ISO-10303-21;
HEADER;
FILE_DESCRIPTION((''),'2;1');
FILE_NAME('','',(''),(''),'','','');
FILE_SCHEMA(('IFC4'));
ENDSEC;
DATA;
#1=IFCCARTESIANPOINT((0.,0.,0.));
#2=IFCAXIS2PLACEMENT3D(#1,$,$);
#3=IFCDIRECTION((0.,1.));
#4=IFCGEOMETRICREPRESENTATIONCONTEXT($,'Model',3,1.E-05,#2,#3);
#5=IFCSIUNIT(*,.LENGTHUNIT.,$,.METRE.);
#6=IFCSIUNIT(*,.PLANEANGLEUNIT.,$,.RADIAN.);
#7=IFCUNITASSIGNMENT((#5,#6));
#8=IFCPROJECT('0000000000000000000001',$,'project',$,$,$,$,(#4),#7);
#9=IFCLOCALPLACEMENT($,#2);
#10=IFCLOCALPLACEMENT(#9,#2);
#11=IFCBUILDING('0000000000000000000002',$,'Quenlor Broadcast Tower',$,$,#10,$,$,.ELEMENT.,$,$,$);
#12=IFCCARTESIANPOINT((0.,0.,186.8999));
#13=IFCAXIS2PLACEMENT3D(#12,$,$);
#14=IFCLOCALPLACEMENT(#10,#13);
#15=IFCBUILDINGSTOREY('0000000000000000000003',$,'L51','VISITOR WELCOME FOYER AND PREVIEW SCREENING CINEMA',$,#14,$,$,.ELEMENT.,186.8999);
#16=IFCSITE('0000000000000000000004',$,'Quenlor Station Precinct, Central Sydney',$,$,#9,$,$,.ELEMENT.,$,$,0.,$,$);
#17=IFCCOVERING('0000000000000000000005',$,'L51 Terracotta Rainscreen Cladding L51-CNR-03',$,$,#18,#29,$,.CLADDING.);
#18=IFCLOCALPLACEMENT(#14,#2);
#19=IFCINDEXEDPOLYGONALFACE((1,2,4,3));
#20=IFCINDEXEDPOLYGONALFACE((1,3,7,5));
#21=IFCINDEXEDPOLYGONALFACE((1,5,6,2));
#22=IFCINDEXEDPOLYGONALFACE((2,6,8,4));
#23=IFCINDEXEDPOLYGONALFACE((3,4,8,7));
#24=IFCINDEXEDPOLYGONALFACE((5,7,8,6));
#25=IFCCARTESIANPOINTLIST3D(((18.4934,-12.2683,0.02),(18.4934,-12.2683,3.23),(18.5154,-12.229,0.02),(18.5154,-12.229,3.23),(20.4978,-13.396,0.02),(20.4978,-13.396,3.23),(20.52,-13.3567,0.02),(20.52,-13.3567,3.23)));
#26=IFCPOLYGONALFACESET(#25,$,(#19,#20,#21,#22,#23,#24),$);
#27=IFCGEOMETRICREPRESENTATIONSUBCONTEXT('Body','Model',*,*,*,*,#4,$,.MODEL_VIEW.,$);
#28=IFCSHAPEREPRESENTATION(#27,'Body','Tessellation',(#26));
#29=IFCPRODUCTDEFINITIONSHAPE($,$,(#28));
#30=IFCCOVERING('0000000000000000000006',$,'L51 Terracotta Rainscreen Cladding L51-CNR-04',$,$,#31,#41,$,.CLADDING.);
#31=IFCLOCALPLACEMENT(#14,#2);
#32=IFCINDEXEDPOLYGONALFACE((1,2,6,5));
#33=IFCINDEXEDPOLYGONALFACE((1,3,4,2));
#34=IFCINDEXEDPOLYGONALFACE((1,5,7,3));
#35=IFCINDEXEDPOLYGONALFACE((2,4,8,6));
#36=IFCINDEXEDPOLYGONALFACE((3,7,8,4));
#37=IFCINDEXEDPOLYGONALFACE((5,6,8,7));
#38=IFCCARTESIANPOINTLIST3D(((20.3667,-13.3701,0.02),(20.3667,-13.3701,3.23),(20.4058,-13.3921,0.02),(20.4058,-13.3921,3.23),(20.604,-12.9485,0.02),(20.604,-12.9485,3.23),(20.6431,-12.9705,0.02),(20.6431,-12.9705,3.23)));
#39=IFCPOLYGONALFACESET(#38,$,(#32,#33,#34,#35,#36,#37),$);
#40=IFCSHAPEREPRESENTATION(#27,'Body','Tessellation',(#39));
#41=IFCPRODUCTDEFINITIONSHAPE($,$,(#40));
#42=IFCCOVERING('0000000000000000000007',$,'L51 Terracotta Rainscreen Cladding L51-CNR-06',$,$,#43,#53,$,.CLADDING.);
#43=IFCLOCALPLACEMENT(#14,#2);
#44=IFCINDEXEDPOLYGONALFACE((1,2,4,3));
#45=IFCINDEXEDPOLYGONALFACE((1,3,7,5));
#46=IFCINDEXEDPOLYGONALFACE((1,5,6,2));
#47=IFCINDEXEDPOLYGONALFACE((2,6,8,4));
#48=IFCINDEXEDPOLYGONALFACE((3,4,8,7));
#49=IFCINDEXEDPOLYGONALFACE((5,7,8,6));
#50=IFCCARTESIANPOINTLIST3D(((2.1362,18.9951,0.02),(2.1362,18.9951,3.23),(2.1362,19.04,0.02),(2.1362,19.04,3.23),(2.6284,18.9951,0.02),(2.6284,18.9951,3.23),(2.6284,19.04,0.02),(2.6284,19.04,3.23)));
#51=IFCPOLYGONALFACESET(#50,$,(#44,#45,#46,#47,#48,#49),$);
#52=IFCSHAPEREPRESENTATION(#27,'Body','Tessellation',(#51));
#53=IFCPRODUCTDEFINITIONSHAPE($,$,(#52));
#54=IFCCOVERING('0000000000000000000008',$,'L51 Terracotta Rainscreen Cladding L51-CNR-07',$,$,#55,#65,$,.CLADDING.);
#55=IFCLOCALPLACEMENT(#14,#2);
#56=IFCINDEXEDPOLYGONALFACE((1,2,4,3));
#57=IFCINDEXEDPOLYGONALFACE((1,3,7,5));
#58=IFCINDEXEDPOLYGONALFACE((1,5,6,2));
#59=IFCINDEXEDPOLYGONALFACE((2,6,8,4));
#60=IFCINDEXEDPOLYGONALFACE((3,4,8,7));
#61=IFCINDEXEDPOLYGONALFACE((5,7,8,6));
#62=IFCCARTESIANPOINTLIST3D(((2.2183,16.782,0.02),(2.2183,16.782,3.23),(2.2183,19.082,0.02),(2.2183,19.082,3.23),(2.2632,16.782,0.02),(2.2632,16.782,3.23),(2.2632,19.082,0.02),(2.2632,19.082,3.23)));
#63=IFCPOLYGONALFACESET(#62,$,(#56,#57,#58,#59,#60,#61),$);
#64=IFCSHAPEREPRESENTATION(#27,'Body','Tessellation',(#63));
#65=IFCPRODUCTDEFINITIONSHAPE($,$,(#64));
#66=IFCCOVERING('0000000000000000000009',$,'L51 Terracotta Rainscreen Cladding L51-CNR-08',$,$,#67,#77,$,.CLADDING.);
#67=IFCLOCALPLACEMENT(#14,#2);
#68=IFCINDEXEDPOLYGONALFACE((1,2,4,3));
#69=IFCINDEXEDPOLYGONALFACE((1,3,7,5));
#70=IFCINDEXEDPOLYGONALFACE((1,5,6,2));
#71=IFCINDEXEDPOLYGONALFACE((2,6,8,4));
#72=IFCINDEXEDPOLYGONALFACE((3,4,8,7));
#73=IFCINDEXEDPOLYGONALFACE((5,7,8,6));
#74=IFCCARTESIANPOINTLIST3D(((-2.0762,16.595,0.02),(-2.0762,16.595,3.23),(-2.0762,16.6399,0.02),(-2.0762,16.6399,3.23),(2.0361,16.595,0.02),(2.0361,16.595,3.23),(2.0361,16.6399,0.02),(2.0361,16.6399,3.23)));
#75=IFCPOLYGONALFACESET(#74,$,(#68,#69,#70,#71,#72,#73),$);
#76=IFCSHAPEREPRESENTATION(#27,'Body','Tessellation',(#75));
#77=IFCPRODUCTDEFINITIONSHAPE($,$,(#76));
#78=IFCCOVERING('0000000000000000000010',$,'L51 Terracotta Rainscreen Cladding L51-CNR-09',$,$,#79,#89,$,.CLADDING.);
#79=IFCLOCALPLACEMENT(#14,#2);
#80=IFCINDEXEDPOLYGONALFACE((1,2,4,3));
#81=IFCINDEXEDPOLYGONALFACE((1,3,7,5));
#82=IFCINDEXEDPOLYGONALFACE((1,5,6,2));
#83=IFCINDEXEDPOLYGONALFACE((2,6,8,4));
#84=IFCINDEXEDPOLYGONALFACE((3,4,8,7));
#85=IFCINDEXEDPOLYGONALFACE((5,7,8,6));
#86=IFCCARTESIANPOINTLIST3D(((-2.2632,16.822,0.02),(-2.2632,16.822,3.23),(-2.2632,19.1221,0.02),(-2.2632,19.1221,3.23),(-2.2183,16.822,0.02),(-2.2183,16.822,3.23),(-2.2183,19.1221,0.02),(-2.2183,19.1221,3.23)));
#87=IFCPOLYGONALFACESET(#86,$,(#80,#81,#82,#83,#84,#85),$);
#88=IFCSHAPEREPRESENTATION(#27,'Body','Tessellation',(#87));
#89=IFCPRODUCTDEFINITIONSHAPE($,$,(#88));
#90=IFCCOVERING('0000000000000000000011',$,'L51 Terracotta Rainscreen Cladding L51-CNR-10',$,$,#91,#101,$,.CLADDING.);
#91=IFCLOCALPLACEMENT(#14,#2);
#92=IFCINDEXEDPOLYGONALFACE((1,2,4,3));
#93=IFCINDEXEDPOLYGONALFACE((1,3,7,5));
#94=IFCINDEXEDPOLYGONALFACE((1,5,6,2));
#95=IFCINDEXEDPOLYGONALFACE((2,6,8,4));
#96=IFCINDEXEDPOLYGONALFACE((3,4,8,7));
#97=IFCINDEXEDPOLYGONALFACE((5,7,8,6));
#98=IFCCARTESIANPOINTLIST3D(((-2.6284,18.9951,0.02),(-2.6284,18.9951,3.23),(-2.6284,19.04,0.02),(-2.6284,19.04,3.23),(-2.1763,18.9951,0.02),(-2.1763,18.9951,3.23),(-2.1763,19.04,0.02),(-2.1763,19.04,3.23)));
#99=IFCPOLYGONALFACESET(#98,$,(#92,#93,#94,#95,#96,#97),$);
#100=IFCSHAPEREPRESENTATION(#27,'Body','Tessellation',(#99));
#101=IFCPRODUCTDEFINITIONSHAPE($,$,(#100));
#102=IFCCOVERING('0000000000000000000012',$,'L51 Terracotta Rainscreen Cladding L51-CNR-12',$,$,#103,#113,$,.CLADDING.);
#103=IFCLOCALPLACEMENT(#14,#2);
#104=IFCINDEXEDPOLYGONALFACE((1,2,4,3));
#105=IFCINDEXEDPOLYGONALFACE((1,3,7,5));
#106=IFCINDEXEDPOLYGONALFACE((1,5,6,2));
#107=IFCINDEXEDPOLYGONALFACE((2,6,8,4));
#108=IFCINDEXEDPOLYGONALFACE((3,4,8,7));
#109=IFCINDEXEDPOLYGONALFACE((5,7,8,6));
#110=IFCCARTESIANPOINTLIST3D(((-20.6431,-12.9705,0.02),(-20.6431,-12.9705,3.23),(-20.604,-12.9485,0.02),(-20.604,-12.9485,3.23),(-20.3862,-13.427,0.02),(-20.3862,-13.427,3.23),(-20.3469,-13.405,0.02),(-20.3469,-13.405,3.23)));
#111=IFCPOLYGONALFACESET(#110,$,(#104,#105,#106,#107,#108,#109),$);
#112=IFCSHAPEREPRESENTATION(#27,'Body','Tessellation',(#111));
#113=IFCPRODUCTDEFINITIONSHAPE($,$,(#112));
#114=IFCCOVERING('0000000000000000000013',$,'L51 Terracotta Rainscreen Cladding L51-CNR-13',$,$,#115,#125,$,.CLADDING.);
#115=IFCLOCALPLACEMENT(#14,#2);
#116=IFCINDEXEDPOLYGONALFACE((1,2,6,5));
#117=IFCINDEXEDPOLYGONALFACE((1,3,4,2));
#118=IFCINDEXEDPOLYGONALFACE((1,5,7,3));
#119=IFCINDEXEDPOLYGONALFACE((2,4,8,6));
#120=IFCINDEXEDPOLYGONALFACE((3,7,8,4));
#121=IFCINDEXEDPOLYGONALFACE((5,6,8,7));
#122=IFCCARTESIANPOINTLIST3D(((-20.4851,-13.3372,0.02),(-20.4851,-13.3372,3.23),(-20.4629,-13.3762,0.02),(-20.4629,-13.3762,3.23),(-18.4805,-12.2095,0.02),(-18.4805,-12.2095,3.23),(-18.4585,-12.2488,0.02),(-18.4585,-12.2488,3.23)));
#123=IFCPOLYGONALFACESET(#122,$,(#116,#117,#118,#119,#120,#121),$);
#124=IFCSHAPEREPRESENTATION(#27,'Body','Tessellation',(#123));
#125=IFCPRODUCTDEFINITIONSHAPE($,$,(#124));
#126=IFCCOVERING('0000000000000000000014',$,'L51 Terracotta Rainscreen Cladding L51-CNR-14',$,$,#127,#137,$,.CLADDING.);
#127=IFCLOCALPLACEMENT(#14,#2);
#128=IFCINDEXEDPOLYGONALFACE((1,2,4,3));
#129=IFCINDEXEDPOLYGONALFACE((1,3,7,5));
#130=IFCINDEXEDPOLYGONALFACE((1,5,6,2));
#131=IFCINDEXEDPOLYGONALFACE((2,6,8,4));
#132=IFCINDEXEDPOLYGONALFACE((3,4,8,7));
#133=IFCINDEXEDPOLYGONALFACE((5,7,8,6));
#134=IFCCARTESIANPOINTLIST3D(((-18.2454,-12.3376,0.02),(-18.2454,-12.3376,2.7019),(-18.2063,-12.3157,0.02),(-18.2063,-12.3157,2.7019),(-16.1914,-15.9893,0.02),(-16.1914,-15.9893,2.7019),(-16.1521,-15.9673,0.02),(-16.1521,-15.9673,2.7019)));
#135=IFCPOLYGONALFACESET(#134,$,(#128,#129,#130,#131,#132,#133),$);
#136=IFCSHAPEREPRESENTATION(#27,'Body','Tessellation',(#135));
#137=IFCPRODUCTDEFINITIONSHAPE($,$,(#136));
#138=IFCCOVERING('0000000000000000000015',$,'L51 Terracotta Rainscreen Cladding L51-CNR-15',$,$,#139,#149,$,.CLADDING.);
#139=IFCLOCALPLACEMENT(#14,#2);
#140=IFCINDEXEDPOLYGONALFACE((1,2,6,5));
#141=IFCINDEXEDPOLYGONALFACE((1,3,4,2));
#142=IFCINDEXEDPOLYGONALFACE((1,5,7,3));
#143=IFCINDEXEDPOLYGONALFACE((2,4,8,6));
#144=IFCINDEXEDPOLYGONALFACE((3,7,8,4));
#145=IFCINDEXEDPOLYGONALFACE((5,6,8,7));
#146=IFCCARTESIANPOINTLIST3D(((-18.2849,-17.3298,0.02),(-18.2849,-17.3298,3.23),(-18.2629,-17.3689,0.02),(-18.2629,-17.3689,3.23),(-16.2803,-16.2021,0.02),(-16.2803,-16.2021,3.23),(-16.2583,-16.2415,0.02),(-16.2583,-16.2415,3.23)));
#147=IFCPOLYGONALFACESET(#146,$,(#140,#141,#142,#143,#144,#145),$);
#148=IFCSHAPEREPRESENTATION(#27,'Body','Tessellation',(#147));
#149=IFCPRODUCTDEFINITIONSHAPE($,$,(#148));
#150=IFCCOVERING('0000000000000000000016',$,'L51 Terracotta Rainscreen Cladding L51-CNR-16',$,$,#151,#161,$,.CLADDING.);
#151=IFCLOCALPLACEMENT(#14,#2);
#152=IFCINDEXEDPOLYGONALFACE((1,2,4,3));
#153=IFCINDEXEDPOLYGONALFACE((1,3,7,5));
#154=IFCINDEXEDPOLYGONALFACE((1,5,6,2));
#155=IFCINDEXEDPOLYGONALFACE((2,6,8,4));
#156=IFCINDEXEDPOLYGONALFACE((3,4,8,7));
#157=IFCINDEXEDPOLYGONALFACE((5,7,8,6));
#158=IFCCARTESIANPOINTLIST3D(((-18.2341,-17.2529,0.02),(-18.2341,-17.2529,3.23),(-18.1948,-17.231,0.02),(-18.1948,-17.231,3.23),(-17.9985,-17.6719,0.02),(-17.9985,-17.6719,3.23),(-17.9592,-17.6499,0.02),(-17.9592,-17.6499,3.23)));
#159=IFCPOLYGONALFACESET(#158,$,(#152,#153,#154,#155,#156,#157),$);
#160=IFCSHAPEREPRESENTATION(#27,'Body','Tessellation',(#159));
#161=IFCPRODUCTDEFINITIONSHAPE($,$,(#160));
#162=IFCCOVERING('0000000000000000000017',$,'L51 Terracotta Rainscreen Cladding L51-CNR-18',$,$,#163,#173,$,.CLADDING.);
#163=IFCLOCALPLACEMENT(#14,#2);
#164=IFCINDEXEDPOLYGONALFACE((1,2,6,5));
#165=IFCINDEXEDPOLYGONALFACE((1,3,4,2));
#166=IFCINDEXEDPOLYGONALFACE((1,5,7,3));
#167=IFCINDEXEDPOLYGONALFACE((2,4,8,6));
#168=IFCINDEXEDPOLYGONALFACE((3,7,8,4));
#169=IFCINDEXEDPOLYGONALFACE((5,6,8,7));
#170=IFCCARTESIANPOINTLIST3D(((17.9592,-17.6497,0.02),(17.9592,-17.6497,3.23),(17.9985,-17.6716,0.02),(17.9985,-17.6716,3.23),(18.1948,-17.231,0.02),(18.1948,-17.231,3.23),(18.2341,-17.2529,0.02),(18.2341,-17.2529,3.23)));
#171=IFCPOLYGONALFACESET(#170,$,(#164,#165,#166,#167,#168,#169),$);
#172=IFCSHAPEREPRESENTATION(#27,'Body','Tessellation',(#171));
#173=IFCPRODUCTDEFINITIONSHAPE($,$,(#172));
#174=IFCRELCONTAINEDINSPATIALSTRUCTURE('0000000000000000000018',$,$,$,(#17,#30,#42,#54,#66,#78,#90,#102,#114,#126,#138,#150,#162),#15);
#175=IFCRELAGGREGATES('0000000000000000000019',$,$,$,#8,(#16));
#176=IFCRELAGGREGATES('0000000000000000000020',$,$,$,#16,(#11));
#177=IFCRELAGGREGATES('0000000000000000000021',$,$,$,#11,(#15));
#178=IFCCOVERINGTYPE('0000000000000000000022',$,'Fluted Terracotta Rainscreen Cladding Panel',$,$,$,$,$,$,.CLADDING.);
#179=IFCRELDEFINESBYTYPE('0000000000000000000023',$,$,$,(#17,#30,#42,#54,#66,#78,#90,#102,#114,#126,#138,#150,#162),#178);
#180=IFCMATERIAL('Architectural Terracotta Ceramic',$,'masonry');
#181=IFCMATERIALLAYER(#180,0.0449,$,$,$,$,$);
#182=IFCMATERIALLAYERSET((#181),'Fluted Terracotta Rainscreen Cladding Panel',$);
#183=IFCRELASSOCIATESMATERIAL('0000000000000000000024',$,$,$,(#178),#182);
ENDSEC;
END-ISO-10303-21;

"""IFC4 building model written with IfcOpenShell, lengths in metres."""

from ifc_helpers import new_model, si_unit, direction, frame, origin, place, context, subcontext, project, spatial, polyline, outline, extrude, material, layer, layer_set, type_object, element, save


model = new_model("IFC4")

# Units and contexts
model_context = context("Model", 3, precision=1e-05, world=origin(), true_north=direction((0.0, 1.0)))
body_context = subcontext(model_context, "Body", "Model", "MODEL_VIEW")
ifc_project = project(units=[si_unit("LENGTHUNIT", "METRE"), si_unit("PLANEANGLEUNIT", "RADIAN")], contexts=[model_context])

# Site, building, storey
site_placement = place(None, origin())
site = spatial("IfcSite", under=ifc_project, at=site_placement, Name="Quenlor Station Precinct, Central Sydney", CompositionType="ELEMENT", RefElevation=0.0)
building_placement = place(site_placement, origin())
building = spatial("IfcBuilding", under=site, at=building_placement, Name="Quenlor Broadcast Tower", CompositionType="ELEMENT")
storey_placement = place(building_placement, frame((0.0, 0.0, 186.8999)))
storey = spatial("IfcBuildingStorey", under=building, at=storey_placement, Name="L51", Description="VISITOR WELCOME FOYER AND PREVIEW SCREENING CINEMA", CompositionType="ELEMENT", Elevation=186.8999)

# Coverings
ifc_material_1 = material(Name="Architectural Terracotta Ceramic", Category="masonry")
ifc_layer_1 = layer(ifc_material_1, 0.0449)
ifc_layer_set_1 = layer_set([ifc_layer_1], Name="Fluted Terracotta Rainscreen Cladding Panel")
covering_type_1 = type_object("IfcCoveringType", Name="Fluted Terracotta Rainscreen Cladding Panel", PredefinedType="CLADDING", material=ifc_layer_set_1)
covering_1_placement = place(storey_placement, frame((0.0, 0.0, 0.02)))
element("IfcCovering", 1, at=covering_1_placement, inside=storey, type_object=covering_type_1, Name="L51 Terracotta Rainscreen Cladding L51-CNR-03", PredefinedType="CLADDING", context=body_context, shape_type="SweptSolid", body=[
    extrude(outline(polyline([(18.4934, -12.2683), (20.4978, -13.396), (20.52, -13.3567), (18.5154, -12.229), (18.4934, -12.2683)])), origin(), (0.0, 0.0, 1.0), 3.21),
])
covering_2_placement = place(storey_placement, frame((0.0, 0.0, 0.02)))
element("IfcCovering", 2, at=covering_2_placement, inside=storey, type_object=covering_type_1, Name="L51 Terracotta Rainscreen Cladding L51-CNR-04", PredefinedType="CLADDING", context=body_context, shape_type="SweptSolid", body=[
    extrude(outline(polyline([(20.4058, -13.3921), (20.6431, -12.9705), (20.604, -12.9485), (20.3667, -13.3701), (20.4058, -13.3921)])), origin(), (0.0, 0.0, 1.0), 3.21),
])
covering_3_placement = place(storey_placement, frame((0.0, 0.0, 0.02)))
element("IfcCovering", 3, at=covering_3_placement, inside=storey, type_object=covering_type_1, Name="L51 Terracotta Rainscreen Cladding L51-CNR-06", PredefinedType="CLADDING", context=body_context, shape_type="SweptSolid", body=[
    extrude(outline(polyline([(2.6284, 19.04), (2.1362, 19.04), (2.1362, 18.9951), (2.6284, 18.9951), (2.6284, 19.04)])), origin(), (0.0, 0.0, 1.0), 3.21),
])
covering_4_placement = place(storey_placement, frame((0.0, 0.0, 0.02)))
element("IfcCovering", 4, at=covering_4_placement, inside=storey, type_object=covering_type_1, Name="L51 Terracotta Rainscreen Cladding L51-CNR-07", PredefinedType="CLADDING", context=body_context, shape_type="SweptSolid", body=[
    extrude(outline(polyline([(2.2183, 19.082), (2.2183, 16.782), (2.2632, 16.782), (2.2632, 19.082), (2.2183, 19.082)])), origin(), (0.0, 0.0, 1.0), 3.21),
])
covering_5_placement = place(storey_placement, frame((0.0, 0.0, 0.02)))
element("IfcCovering", 5, at=covering_5_placement, inside=storey, type_object=covering_type_1, Name="L51 Terracotta Rainscreen Cladding L51-CNR-08", PredefinedType="CLADDING", context=body_context, shape_type="SweptSolid", body=[
    extrude(outline(polyline([(2.0361, 16.6399), (-2.0762, 16.6399), (-2.0762, 16.595), (2.0361, 16.595), (2.0361, 16.6399)])), origin(), (0.0, 0.0, 1.0), 3.21),
])
covering_6_placement = place(storey_placement, frame((0.0, 0.0, 0.02)))
element("IfcCovering", 6, at=covering_6_placement, inside=storey, type_object=covering_type_1, Name="L51 Terracotta Rainscreen Cladding L51-CNR-09", PredefinedType="CLADDING", context=body_context, shape_type="SweptSolid", body=[
    extrude(outline(polyline([(-2.2183, 16.822), (-2.2183, 19.1221), (-2.2632, 19.1221), (-2.2632, 16.822), (-2.2183, 16.822)])), origin(), (0.0, 0.0, 1.0), 3.21),
])
covering_7_placement = place(storey_placement, frame((0.0, 0.0, 0.02)))
element("IfcCovering", 7, at=covering_7_placement, inside=storey, type_object=covering_type_1, Name="L51 Terracotta Rainscreen Cladding L51-CNR-10", PredefinedType="CLADDING", context=body_context, shape_type="SweptSolid", body=[
    extrude(outline(polyline([(-2.1763, 19.04), (-2.6284, 19.04), (-2.6284, 18.9951), (-2.1763, 18.9951), (-2.1763, 19.04)])), origin(), (0.0, 0.0, 1.0), 3.21),
])
covering_8_placement = place(storey_placement, frame((0.0, 0.0, 0.02)))
element("IfcCovering", 8, at=covering_8_placement, inside=storey, type_object=covering_type_1, Name="L51 Terracotta Rainscreen Cladding L51-CNR-12", PredefinedType="CLADDING", context=body_context, shape_type="SweptSolid", body=[
    extrude(outline(polyline([(-20.6431, -12.9705), (-20.3862, -13.427), (-20.3469, -13.405), (-20.604, -12.9485), (-20.6431, -12.9705)])), origin(), (0.0, 0.0, 1.0), 3.21),
])
covering_9_placement = place(storey_placement, frame((0.0, 0.0, 0.02)))
element("IfcCovering", 9, at=covering_9_placement, inside=storey, type_object=covering_type_1, Name="L51 Terracotta Rainscreen Cladding L51-CNR-13", PredefinedType="CLADDING", context=body_context, shape_type="SweptSolid", body=[
    extrude(outline(polyline([(-20.4629, -13.3762), (-18.4585, -12.2488), (-18.4805, -12.2095), (-20.4851, -13.3372), (-20.4629, -13.3762)])), origin(), (0.0, 0.0, 1.0), 3.21),
])
covering_10_placement = place(storey_placement, frame((0.0, 0.0, 0.02)))
element("IfcCovering", 10, at=covering_10_placement, inside=storey, type_object=covering_type_1, Name="L51 Terracotta Rainscreen Cladding L51-CNR-14", PredefinedType="CLADDING", context=body_context, shape_type="SweptSolid", body=[
    extrude(outline(polyline([(-18.2454, -12.3376), (-16.1914, -15.9893), (-16.1521, -15.9673), (-18.2063, -12.3157), (-18.2454, -12.3376)])), origin(), (0.0, 0.0, 1.0), 2.6819),
])
covering_11_placement = place(storey_placement, frame((0.0, 0.0, 0.02)))
element("IfcCovering", 11, at=covering_11_placement, inside=storey, type_object=covering_type_1, Name="L51 Terracotta Rainscreen Cladding L51-CNR-15", PredefinedType="CLADDING", context=body_context, shape_type="SweptSolid", body=[
    extrude(outline(polyline([(-16.2803, -16.2021), (-18.2849, -17.3298), (-18.2629, -17.3689), (-16.2583, -16.2415), (-16.2803, -16.2021)])), origin(), (0.0, 0.0, 1.0), 3.21),
])
covering_12_placement = place(storey_placement, frame((0.0, 0.0, 0.02)))
element("IfcCovering", 12, at=covering_12_placement, inside=storey, type_object=covering_type_1, Name="L51 Terracotta Rainscreen Cladding L51-CNR-16", PredefinedType="CLADDING", context=body_context, shape_type="SweptSolid", body=[
    extrude(outline(polyline([(-18.2341, -17.2529), (-17.9985, -17.6719), (-17.9592, -17.6499), (-18.1948, -17.231), (-18.2341, -17.2529)])), origin(), (0.0, 0.0, 1.0), 3.21),
])
covering_13_placement = place(storey_placement, frame((0.0, 0.0, 0.02)))
element("IfcCovering", 13, at=covering_13_placement, inside=storey, type_object=covering_type_1, Name="L51 Terracotta Rainscreen Cladding L51-CNR-18", PredefinedType="CLADDING", context=body_context, shape_type="SweptSolid", body=[
    extrude(outline(polyline([(17.9985, -17.6716), (18.2341, -17.2529), (18.1948, -17.231), (17.9592, -17.6497), (17.9985, -17.6716)])), origin(), (0.0, 0.0, 1.0), 3.21),
])

save(model, "model.ifc")
